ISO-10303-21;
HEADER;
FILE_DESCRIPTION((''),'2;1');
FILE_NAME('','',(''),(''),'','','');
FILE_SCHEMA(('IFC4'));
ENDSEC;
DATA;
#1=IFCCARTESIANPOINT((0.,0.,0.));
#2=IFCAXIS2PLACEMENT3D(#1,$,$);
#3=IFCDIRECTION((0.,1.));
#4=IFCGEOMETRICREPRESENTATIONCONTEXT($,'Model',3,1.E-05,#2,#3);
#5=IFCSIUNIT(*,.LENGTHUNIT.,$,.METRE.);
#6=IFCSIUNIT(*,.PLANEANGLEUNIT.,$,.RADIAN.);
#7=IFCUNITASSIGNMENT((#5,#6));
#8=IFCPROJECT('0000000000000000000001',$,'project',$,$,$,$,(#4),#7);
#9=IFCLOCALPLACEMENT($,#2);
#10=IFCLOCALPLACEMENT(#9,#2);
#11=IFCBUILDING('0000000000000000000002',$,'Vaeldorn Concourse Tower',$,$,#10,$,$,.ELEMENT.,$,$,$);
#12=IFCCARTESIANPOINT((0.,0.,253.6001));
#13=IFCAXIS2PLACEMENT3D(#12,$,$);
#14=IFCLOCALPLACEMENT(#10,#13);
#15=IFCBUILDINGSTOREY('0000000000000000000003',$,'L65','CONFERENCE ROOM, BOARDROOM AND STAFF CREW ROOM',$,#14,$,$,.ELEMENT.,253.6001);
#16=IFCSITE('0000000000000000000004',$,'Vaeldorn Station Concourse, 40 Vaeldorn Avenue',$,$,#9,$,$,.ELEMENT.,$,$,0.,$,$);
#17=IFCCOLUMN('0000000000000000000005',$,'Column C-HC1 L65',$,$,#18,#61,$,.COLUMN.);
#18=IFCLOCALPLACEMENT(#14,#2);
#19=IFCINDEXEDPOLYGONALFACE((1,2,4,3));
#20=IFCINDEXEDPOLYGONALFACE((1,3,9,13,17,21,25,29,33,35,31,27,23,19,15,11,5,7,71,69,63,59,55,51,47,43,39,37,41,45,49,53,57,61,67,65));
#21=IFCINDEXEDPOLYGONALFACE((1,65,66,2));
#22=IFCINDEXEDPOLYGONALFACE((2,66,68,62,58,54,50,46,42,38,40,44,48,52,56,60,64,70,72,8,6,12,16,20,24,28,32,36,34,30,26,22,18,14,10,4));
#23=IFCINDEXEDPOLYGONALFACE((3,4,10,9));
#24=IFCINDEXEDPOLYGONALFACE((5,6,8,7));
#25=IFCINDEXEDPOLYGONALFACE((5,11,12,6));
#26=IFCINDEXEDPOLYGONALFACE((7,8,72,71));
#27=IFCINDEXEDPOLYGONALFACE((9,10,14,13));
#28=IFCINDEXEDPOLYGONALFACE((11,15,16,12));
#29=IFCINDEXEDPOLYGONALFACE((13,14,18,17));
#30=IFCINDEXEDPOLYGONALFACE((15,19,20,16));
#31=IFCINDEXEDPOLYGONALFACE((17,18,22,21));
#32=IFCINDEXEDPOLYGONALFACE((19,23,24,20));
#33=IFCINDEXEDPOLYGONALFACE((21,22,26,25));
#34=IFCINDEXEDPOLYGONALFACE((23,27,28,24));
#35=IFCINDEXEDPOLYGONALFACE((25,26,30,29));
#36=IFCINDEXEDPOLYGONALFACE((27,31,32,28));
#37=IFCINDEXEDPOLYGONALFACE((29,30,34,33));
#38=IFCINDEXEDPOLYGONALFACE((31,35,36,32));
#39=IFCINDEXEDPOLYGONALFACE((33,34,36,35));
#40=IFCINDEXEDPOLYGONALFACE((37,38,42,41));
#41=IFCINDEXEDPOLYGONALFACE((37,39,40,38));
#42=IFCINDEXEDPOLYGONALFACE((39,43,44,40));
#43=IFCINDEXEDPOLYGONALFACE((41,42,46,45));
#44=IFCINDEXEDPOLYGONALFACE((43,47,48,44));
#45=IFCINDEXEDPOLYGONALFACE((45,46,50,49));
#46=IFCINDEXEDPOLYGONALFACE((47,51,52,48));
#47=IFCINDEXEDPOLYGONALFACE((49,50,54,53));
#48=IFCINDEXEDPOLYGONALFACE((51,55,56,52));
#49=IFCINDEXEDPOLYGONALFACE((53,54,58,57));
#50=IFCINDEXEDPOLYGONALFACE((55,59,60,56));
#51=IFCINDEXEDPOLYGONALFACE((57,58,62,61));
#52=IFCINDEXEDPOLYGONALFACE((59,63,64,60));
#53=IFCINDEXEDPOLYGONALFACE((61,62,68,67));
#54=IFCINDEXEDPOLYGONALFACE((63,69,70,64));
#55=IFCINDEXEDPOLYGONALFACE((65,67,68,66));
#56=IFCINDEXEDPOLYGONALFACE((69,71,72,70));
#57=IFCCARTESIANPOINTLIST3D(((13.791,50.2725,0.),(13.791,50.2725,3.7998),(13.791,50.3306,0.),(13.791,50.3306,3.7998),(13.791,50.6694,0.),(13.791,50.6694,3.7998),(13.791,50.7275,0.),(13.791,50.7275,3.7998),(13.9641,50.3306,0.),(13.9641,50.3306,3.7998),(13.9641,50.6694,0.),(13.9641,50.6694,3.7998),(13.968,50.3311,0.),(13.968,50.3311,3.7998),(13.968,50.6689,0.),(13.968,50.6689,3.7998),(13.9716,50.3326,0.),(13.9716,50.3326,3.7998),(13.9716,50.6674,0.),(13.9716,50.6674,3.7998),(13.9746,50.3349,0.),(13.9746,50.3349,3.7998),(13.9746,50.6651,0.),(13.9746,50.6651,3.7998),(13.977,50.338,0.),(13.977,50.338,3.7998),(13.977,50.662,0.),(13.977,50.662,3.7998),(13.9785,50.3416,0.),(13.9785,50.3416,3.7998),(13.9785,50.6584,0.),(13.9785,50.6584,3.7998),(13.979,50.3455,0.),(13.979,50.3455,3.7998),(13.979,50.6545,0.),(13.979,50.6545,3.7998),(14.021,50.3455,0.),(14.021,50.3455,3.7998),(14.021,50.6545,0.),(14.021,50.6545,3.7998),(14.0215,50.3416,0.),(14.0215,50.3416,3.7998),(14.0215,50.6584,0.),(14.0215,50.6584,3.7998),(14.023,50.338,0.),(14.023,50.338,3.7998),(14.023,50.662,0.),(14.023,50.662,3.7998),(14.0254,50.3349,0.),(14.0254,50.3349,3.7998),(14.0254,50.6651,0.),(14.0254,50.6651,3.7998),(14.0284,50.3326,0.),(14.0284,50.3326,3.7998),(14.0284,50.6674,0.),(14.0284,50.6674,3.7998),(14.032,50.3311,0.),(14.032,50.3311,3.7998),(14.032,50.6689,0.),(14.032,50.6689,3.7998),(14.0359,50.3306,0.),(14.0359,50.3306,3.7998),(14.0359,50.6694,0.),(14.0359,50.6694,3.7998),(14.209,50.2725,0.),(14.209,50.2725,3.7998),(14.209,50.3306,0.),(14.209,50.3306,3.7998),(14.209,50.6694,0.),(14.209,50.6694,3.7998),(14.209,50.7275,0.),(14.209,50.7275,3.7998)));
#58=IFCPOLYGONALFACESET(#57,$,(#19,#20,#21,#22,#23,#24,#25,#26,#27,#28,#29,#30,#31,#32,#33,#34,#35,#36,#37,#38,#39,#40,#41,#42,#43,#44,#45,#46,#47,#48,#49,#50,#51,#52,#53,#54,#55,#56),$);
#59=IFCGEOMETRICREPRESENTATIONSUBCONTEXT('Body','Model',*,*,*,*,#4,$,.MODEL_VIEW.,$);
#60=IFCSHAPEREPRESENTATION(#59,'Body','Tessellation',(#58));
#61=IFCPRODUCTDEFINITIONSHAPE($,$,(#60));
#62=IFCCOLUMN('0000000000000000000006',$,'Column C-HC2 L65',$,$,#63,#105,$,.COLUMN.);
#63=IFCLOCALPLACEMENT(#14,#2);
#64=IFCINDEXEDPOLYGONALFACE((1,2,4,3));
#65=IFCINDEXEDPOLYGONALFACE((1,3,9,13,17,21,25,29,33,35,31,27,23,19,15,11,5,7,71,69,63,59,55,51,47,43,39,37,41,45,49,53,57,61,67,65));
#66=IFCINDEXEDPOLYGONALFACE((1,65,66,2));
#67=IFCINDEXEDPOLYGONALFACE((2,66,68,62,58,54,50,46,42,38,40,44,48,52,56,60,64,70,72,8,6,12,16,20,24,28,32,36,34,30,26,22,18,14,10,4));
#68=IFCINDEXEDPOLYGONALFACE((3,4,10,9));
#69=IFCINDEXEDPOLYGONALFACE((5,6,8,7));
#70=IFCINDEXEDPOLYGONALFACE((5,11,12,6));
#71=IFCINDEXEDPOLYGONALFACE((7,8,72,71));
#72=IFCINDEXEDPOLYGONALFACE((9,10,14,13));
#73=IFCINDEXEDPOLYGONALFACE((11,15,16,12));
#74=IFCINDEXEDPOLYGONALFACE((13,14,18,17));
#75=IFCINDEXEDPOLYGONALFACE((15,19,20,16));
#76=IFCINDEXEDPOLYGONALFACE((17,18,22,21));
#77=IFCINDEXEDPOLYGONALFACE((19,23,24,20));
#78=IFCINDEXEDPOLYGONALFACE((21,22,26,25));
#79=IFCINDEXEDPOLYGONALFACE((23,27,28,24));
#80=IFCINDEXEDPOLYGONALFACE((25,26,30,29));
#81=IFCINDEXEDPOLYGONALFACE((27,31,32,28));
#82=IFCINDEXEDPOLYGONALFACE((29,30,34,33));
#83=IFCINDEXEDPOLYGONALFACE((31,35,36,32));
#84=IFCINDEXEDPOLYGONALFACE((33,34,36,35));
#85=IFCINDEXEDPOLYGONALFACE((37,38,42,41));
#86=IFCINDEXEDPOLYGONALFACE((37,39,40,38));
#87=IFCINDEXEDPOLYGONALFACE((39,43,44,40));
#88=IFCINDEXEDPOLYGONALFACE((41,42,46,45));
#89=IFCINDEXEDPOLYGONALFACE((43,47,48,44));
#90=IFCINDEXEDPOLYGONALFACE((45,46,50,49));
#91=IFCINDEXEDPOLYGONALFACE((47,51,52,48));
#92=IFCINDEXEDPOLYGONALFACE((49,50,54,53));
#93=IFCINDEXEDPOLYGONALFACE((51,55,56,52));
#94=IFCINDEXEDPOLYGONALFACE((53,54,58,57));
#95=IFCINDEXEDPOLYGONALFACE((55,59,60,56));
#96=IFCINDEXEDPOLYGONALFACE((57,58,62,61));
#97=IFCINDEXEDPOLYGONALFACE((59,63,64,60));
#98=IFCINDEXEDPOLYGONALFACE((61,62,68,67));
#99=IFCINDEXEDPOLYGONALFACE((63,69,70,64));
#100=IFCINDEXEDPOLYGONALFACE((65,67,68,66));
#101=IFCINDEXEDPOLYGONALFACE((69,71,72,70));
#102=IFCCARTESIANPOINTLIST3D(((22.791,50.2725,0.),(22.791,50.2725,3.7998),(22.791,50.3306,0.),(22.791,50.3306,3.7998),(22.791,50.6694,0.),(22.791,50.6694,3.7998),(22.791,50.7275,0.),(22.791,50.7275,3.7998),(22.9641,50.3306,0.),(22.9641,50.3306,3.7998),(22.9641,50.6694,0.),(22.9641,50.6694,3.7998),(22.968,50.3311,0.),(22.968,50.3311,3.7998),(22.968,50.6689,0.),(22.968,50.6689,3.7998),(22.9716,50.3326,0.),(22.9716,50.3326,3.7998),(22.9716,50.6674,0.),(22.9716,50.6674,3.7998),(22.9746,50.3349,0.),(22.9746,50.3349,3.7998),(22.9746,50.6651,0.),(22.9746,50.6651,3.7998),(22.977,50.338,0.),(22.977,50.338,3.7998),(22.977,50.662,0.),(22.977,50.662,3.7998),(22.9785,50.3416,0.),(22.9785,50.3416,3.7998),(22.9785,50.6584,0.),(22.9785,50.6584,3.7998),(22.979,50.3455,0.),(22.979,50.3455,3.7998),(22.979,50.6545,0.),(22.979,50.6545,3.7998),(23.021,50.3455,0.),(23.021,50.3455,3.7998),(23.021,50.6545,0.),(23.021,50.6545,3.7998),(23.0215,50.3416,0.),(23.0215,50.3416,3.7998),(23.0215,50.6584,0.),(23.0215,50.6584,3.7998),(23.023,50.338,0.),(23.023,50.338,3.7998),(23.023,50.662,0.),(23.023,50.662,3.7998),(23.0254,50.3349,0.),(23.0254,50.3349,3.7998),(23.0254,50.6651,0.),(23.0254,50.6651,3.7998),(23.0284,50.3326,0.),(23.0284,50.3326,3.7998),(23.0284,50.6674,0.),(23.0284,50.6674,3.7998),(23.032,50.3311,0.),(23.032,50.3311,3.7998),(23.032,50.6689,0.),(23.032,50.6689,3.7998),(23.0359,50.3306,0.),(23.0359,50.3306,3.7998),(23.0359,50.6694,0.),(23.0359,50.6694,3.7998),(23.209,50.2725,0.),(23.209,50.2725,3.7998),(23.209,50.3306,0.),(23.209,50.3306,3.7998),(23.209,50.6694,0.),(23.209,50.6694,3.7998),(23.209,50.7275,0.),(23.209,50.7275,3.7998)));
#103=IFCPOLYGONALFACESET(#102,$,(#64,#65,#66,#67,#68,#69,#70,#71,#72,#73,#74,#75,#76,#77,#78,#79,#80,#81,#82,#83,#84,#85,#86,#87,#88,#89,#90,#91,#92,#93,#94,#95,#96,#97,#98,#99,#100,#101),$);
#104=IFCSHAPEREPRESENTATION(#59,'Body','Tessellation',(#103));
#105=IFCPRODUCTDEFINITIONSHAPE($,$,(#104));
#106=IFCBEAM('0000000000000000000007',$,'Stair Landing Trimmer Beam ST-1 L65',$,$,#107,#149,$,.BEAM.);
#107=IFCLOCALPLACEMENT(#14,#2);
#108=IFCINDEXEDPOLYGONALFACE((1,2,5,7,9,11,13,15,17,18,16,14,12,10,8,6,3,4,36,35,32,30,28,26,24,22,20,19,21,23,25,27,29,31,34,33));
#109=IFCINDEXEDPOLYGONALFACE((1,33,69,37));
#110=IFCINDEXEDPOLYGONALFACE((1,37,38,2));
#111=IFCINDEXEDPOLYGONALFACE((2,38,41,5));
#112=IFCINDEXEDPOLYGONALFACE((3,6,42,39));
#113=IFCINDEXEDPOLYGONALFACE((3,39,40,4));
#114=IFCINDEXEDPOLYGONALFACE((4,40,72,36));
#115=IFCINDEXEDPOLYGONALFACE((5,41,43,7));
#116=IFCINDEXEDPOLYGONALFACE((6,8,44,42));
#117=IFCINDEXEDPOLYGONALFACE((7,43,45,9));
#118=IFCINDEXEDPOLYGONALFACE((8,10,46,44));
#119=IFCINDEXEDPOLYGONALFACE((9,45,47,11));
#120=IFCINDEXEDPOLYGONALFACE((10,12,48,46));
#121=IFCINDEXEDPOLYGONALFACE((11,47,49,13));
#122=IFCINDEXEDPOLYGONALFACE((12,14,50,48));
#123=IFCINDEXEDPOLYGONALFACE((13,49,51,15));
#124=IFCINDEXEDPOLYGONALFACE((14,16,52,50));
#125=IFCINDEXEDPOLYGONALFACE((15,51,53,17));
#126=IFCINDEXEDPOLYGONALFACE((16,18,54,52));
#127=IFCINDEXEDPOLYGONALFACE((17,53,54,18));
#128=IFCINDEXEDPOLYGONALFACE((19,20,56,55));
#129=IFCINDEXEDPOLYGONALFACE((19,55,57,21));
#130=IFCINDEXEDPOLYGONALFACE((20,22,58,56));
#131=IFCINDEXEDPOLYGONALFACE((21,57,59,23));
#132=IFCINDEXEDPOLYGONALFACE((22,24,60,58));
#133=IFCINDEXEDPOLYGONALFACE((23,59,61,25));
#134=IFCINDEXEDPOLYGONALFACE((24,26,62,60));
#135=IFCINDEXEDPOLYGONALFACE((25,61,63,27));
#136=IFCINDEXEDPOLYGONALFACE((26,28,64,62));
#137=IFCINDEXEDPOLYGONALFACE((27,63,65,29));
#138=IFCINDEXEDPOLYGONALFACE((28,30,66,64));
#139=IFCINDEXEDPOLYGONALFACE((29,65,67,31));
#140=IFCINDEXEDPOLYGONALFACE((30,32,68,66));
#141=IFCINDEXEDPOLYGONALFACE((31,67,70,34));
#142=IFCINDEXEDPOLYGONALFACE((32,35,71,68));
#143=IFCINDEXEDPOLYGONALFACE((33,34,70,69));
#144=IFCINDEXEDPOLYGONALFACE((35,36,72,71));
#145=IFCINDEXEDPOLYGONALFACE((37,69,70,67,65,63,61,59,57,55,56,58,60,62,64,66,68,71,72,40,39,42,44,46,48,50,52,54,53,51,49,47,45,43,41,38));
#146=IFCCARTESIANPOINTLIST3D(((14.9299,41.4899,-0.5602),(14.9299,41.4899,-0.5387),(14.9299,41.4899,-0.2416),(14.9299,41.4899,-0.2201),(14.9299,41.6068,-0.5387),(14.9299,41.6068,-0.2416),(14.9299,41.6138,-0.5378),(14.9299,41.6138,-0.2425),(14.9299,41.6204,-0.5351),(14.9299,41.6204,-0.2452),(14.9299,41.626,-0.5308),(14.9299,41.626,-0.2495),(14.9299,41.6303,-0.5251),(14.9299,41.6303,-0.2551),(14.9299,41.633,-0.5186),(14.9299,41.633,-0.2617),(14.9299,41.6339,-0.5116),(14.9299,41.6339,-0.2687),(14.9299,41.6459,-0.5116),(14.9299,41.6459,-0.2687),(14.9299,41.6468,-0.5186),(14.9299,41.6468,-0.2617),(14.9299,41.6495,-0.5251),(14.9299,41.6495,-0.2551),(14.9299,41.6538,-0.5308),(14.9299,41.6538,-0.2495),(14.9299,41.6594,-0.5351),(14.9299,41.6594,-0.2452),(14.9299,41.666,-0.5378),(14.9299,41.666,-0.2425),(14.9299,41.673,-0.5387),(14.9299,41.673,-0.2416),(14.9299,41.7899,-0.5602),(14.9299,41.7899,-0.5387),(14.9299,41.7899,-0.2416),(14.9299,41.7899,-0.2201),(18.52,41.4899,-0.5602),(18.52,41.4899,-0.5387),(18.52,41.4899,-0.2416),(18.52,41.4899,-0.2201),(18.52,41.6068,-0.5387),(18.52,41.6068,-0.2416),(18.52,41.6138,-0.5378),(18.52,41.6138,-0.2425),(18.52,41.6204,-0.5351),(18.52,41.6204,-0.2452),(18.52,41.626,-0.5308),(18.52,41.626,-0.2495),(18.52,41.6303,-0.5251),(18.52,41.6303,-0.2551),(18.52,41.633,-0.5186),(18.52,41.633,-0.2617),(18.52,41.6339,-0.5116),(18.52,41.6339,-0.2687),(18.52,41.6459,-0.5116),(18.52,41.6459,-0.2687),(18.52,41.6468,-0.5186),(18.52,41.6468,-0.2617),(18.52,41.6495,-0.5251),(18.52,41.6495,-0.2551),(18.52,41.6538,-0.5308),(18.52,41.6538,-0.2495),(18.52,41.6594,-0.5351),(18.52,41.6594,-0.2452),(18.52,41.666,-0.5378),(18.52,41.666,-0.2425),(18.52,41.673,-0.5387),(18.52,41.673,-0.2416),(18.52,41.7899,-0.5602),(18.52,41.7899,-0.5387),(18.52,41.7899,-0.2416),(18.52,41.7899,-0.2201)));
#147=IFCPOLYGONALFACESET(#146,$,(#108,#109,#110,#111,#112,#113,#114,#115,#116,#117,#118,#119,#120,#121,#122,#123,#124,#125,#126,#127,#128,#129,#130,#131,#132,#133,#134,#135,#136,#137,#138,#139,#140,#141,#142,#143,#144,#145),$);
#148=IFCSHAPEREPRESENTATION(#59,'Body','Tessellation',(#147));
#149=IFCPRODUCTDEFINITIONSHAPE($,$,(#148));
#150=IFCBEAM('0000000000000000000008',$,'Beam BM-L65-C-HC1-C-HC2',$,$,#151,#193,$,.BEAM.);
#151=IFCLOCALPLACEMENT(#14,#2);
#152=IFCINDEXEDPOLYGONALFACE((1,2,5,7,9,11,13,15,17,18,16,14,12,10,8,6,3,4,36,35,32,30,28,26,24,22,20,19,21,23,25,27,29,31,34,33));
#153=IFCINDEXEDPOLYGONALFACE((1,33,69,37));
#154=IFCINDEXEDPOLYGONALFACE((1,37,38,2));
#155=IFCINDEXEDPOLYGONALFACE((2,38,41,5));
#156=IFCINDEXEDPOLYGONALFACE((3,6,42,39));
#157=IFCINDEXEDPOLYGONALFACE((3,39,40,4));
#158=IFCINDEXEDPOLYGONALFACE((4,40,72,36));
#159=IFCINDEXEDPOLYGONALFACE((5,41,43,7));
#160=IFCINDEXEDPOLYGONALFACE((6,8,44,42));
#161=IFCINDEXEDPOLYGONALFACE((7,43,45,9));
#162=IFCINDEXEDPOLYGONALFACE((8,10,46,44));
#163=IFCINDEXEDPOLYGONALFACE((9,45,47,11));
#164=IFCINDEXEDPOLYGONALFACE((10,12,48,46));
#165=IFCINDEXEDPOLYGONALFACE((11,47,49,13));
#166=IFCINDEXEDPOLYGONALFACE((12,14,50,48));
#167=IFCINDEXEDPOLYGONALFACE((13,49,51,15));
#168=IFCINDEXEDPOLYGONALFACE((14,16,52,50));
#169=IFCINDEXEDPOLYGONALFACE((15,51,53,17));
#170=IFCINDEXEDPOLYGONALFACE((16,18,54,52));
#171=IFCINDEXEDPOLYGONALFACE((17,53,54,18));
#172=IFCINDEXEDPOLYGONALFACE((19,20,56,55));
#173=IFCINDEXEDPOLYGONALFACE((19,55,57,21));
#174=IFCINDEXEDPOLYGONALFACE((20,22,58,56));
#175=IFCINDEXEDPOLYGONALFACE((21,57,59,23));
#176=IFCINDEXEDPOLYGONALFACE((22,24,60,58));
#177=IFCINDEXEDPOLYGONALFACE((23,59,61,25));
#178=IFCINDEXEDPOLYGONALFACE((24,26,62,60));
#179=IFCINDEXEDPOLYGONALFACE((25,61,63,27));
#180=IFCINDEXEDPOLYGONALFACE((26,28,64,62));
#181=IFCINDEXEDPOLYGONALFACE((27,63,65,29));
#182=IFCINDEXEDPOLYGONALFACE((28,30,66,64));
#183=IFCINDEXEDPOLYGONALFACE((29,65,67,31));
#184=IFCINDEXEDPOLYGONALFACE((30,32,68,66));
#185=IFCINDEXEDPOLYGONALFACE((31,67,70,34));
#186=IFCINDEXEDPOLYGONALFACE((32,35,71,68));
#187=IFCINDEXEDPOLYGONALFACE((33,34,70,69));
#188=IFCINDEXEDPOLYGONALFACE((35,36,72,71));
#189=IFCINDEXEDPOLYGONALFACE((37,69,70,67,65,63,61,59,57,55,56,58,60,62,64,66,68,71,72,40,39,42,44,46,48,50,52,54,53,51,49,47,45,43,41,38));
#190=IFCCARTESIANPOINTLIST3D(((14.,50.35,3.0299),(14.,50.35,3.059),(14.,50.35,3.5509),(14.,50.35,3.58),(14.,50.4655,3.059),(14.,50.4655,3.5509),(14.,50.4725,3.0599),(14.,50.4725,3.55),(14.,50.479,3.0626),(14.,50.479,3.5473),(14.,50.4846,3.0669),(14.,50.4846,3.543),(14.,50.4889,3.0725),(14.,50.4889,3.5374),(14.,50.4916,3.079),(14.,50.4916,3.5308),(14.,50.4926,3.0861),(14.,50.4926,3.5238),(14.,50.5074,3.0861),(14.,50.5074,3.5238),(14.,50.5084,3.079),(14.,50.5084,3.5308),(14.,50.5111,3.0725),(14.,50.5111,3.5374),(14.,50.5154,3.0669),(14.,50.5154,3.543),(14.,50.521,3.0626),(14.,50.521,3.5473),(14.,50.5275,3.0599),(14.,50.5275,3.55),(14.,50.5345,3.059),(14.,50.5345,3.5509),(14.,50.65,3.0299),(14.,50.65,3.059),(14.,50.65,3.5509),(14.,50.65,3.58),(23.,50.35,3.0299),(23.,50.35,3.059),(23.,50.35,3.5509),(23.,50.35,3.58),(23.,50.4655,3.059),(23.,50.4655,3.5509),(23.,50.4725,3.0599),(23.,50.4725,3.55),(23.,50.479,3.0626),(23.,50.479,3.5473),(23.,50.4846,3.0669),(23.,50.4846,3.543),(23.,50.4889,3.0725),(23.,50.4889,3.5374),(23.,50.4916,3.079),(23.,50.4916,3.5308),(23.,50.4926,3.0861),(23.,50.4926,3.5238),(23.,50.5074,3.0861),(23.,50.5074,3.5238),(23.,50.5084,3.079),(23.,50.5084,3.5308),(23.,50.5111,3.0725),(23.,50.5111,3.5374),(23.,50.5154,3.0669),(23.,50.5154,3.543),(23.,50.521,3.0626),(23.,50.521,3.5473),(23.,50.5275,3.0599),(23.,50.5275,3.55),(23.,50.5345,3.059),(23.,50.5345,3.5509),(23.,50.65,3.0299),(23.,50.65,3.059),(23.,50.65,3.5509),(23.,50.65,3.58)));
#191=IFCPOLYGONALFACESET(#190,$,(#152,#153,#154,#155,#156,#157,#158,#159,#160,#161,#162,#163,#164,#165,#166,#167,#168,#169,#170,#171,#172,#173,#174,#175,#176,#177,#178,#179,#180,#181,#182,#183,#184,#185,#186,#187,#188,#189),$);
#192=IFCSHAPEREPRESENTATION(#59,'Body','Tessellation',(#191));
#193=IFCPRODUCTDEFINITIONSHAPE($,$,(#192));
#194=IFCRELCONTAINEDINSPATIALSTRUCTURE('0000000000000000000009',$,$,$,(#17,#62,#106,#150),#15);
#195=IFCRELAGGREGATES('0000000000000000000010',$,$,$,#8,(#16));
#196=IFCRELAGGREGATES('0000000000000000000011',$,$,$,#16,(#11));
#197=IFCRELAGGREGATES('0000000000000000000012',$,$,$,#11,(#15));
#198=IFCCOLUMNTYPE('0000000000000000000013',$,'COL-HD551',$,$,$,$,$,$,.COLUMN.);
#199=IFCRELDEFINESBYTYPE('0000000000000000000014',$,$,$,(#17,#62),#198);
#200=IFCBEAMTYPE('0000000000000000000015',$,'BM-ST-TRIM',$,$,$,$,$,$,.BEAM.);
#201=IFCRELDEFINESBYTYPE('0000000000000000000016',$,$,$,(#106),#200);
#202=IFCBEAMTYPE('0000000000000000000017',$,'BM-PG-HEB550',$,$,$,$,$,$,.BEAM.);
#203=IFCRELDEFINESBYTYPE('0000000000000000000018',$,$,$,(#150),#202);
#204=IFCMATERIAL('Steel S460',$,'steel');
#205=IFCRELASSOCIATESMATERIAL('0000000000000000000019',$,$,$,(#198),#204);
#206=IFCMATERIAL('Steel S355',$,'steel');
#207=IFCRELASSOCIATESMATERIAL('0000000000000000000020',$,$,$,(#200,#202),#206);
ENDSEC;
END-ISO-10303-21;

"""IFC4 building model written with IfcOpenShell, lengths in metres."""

from ifc_helpers import new_model, si_unit, direction, frame, origin, origin_2d, place, context, subcontext, project, spatial, i_section, extrude, source, transform, mapped, material, material_profile, profile_set, type_object, element, save


model = new_model("IFC4")

# Units and contexts
model_context = context("Model", 3, precision=1e-05, world=origin(), true_north=direction((0.0, 1.0)))
body_context = subcontext(model_context, "Body", "Model", "MODEL_VIEW")
ifc_project = project(units=[si_unit("LENGTHUNIT", "METRE"), si_unit("PLANEANGLEUNIT", "RADIAN")], contexts=[model_context])

# Site, building, storey
site_placement = place(None, origin())
site = spatial("IfcSite", under=ifc_project, at=site_placement, Name="Vaeldorn Station Concourse, 40 Vaeldorn Avenue", CompositionType="ELEMENT", RefElevation=0.0)
building_placement = place(site_placement, origin())
building = spatial("IfcBuilding", under=site, at=building_placement, Name="Vaeldorn Concourse Tower", CompositionType="ELEMENT")
storey_placement = place(building_placement, frame((0.0, 0.0, 253.6001)))
storey = spatial("IfcBuildingStorey", under=building, at=storey_placement, Name="L65", Description="CONFERENCE ROOM, BOARDROOM AND STAFF CREW ROOM", CompositionType="ELEMENT", Elevation=253.6001)

# Columns
ifc_material_1 = material(Name="Steel S460", Category="steel")
ifc_material_profile_1 = material_profile(ifc_material_1, i_section(OverallWidth=0.418, OverallDepth=0.4551, WebThickness=0.042, FlangeThickness=0.0581, FilletRadius=0.0149, at=origin_2d()), Name="HD 400x551")
ifc_profile_set_1 = profile_set([ifc_material_profile_1], Name="Steel S460")
column_type = type_object("IfcColumnType", Name="COL-HD551", PredefinedType="COLUMN", material=ifc_profile_set_1)
shared_shape_1 = source(origin(), body_context, "Body", "SweptSolid", [
    extrude(i_section(OverallWidth=0.418, OverallDepth=0.4551, WebThickness=0.042, FlangeThickness=0.0581, FilletRadius=0.0149, at=origin_2d()), origin(), (0.0, 0.0, 1.0), 3.7998),
])
for number, where, z_axis, x_axis, name in (
    (1, (14.0, 50.5, 0.0), (0.0, 0.0, 1.0), (1.0, 0.0, 0.0), "Column C-HC1 L65"),
    (2, (23.0, 50.5, 0.0), (0.0, 0.0, 1.0), (1.0, 0.0, 0.0), "Column C-HC2 L65"),
):
    element("IfcColumn", number, at=place(storey_placement, frame(where, z_axis=z_axis, x_axis=x_axis)), inside=storey, type_object=column_type, Name=name, PredefinedType="COLUMN", context=body_context, shape_type="MappedRepresentation", body=[
        mapped(shared_shape_1, transform((0.0, 0.0, 0.0), scale=1.0)),
    ])

# Beams
ifc_material_2 = material(Name="Steel S355", Category="steel")
ifc_material_profile_2 = material_profile(ifc_material_2, i_section(OverallWidth=0.3, OverallDepth=0.3401, WebThickness=0.012, FlangeThickness=0.0215, FilletRadius=0.0271, at=origin_2d()), Name="HEB 340")
ifc_profile_set_2 = profile_set([ifc_material_profile_2], Name="Steel S355")
beam_type_1 = type_object("IfcBeamType", Name="BM-ST-TRIM", PredefinedType="BEAM", material=ifc_profile_set_2)
shared_shape_2 = source(origin(), body_context, "Body", "SweptSolid", [
    extrude(i_section(OverallWidth=0.3, OverallDepth=0.3401, WebThickness=0.012, FlangeThickness=0.0215, FilletRadius=0.0271, at=origin_2d()), origin(), (0.0, 0.0, 1.0), 3.5901),
])
beam_1_placement = place(storey_placement, frame((14.9299, 41.6399, -0.3901), z_axis=(1.0, 0.0, 0.0), x_axis=(0.0, 1.0, 0.0)))
element("IfcBeam", 3, at=beam_1_placement, inside=storey, type_object=beam_type_1, Name="Stair Landing Trimmer Beam ST-1 L65", PredefinedType="BEAM", context=body_context, shape_type="MappedRepresentation", body=[
    mapped(shared_shape_2, transform((0.0, 0.0, 0.0), scale=1.0)),
])
ifc_material_profile_3 = material_profile(ifc_material_2, i_section(OverallWidth=0.3, OverallDepth=0.55, WebThickness=0.0149, FlangeThickness=0.0291, FilletRadius=0.0271, at=origin_2d()), Name="HEB 550")
ifc_profile_set_3 = profile_set([ifc_material_profile_3], Name="Steel S355")
beam_type_2 = type_object("IfcBeamType", Name="BM-PG-HEB550", PredefinedType="BEAM", material=ifc_profile_set_3)
shared_shape_3 = source(origin(), body_context, "Body", "SweptSolid", [
    extrude(i_section(OverallWidth=0.3, OverallDepth=0.55, WebThickness=0.0149, FlangeThickness=0.0291, FilletRadius=0.0271, at=origin_2d()), origin(), (0.0, 0.0, 1.0), 9.0),
])
beam_2_placement = place(storey_placement, frame((14.0, 50.5, 3.3049), z_axis=(1.0, 0.0, 0.0), x_axis=(0.0, 1.0, 0.0)))
element("IfcBeam", 4, at=beam_2_placement, inside=storey, type_object=beam_type_2, Name="Beam BM-L65-C-HC1-C-HC2", PredefinedType="BEAM", context=body_context, shape_type="MappedRepresentation", body=[
    mapped(shared_shape_3, transform((0.0, 0.0, 0.0), scale=1.0)),
])

save(model, "model.ifc")
